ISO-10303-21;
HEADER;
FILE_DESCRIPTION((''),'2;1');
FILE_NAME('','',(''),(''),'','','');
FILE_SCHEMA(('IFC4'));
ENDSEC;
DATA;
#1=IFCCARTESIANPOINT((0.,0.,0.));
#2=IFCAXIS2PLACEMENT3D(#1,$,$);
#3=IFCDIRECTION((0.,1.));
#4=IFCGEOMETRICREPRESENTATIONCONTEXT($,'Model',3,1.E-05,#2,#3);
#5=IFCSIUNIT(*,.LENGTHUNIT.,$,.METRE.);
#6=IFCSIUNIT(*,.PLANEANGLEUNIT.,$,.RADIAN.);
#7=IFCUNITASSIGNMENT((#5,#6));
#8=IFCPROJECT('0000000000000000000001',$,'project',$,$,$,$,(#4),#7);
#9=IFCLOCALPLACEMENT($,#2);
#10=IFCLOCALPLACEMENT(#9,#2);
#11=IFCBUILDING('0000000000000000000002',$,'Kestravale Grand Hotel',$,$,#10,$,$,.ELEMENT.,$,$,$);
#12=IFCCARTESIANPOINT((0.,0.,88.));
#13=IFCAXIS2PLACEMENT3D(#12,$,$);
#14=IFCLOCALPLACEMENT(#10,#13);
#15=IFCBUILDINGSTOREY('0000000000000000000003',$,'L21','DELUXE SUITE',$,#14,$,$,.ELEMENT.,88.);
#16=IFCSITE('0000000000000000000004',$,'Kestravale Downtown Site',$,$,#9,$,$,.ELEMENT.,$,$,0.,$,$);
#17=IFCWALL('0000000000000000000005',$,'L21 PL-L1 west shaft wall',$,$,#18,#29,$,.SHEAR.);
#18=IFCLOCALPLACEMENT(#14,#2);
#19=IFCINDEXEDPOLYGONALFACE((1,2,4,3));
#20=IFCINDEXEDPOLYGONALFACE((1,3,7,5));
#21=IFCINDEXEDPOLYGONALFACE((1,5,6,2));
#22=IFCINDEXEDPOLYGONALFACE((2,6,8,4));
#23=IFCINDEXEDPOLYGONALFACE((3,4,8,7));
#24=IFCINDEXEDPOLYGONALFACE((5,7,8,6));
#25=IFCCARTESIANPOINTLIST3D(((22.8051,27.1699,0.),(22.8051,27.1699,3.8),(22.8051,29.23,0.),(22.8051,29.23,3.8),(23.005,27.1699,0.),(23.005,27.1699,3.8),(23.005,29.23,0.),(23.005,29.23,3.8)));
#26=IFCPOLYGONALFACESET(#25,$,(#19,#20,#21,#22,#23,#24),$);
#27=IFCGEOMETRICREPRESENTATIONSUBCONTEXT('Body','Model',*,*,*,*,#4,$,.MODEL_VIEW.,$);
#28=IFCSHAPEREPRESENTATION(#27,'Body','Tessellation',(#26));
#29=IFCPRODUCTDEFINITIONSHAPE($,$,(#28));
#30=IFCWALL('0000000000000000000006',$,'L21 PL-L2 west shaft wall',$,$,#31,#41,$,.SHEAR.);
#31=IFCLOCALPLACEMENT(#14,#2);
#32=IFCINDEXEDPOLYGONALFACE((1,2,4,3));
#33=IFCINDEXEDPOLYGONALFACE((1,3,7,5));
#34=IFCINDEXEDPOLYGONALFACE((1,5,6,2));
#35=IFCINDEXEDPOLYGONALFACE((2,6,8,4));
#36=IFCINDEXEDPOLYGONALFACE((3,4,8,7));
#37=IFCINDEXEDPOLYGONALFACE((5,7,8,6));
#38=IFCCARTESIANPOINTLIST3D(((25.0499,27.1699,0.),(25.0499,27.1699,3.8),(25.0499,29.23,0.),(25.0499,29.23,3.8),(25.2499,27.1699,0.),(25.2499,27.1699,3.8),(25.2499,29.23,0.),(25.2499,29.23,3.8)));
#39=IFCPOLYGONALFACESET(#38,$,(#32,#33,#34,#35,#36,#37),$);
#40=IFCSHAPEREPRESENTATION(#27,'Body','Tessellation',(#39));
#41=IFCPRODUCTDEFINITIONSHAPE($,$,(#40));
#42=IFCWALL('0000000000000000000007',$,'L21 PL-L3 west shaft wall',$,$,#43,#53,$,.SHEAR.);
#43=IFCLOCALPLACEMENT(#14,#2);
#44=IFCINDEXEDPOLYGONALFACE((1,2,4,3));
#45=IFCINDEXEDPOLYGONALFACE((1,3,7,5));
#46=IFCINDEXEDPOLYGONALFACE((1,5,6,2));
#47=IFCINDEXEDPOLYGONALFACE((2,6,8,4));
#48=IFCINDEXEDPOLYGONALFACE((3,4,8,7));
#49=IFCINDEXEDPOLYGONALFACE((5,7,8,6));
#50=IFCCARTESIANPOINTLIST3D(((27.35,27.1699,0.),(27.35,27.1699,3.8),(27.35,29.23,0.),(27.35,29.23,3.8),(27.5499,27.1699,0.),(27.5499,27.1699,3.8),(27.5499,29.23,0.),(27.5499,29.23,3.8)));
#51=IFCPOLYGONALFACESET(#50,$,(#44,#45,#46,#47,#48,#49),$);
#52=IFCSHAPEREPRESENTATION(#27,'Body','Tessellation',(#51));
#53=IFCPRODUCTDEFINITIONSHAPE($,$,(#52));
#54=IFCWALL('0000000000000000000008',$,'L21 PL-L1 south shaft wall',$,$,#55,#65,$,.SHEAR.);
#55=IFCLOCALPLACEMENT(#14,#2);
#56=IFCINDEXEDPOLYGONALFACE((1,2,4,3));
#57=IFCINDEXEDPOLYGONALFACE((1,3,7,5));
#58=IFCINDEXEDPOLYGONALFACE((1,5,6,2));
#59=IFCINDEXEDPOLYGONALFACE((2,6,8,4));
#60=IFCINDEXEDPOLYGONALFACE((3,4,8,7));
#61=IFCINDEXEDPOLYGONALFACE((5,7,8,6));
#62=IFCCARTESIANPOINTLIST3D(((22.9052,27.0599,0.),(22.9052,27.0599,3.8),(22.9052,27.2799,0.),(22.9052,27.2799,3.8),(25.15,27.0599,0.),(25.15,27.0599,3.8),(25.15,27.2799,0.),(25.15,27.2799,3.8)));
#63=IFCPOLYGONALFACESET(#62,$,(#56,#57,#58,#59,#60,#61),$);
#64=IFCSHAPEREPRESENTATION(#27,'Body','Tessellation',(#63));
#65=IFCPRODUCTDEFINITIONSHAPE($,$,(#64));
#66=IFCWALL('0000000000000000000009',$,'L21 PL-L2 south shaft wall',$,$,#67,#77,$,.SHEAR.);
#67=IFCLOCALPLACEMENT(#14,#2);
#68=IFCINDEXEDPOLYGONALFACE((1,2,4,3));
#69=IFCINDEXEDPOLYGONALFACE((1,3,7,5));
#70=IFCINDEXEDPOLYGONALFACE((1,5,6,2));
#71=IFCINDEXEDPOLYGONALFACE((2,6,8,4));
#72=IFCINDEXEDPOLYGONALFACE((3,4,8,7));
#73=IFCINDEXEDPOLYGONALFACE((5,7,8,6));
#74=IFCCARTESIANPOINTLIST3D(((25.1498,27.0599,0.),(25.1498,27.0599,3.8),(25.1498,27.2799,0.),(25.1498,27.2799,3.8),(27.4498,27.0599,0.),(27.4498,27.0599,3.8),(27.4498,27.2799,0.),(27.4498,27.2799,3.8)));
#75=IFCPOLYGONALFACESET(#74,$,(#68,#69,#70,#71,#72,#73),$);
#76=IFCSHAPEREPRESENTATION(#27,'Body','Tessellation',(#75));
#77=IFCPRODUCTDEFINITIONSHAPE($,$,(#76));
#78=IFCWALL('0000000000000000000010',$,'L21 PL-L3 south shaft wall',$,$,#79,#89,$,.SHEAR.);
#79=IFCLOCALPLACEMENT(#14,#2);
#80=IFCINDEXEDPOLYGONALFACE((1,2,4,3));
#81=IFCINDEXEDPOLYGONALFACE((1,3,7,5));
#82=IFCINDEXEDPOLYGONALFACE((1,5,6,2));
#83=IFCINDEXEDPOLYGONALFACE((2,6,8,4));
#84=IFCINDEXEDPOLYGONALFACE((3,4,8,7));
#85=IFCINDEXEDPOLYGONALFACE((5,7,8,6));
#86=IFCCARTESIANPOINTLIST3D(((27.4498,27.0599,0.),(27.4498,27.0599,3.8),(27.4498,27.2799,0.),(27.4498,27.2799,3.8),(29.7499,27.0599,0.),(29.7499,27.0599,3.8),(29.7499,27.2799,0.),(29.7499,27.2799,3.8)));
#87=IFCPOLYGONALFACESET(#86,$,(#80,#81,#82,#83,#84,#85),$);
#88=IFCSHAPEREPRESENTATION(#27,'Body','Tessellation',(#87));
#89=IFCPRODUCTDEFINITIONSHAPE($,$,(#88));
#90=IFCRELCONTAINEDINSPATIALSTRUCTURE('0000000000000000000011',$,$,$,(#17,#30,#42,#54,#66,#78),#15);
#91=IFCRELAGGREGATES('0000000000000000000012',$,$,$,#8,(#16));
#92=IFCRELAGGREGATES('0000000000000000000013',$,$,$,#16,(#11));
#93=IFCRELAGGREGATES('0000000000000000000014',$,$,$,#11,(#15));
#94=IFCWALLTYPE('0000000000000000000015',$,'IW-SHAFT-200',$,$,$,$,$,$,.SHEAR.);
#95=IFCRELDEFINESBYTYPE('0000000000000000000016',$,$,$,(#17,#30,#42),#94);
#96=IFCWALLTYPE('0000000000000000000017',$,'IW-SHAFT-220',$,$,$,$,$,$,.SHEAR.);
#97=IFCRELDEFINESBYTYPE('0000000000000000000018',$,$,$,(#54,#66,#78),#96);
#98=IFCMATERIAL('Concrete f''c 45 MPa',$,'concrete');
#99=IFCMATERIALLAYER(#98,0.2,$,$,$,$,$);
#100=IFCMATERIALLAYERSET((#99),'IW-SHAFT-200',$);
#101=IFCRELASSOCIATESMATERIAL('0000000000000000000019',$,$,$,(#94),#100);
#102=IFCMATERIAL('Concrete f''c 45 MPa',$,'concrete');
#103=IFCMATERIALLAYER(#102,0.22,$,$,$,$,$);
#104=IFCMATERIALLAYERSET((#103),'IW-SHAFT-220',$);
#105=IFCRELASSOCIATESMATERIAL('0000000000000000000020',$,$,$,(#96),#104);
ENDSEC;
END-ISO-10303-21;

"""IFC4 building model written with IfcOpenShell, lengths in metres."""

from ifc_helpers import new_model, si_unit, direction, frame, frame_2d, origin, place, context, subcontext, project, spatial, rectangle, extrude, material, layer, layer_set, type_object, element, save


model = new_model("IFC4")

# Units and contexts
model_context = context("Model", 3, precision=1e-05, world=origin(), true_north=direction((0.0, 1.0)))
body_context = subcontext(model_context, "Body", "Model", "MODEL_VIEW")
ifc_project = project(units=[si_unit("LENGTHUNIT", "METRE"), si_unit("PLANEANGLEUNIT", "RADIAN")], contexts=[model_context])

# Site, building, storey
site_placement = place(None, origin())
site = spatial("IfcSite", under=ifc_project, at=site_placement, Name="Kestravale Downtown Site", CompositionType="ELEMENT", RefElevation=0.0)
building_placement = place(site_placement, origin())
building = spatial("IfcBuilding", under=site, at=building_placement, Name="Kestravale Grand Hotel", CompositionType="ELEMENT")
storey_placement = place(building_placement, frame((0.0, 0.0, 88.0)))
storey = spatial("IfcBuildingStorey", under=building, at=storey_placement, Name="L21", Description="DELUXE SUITE", CompositionType="ELEMENT", Elevation=88.0)

# Walls
ifc_material_1 = material(Name="Concrete f'c 45 MPa", Category="concrete")
ifc_layer_1 = layer(ifc_material_1, 0.2)
ifc_layer_set_1 = layer_set([ifc_layer_1], Name="IW-SHAFT-200")
wall_type_1 = type_object("IfcWallType", Name="IW-SHAFT-200", PredefinedType="SHEAR", material=ifc_layer_set_1)
for number, where, z_axis, x_axis, name in (
    (1, (22.905, 27.1699, 0.0), (0.0, 0.0, 1.0), (0.0, 1.0, 0.0), "L21 PL-L1 west shaft wall"),
    (2, (25.1499, 27.1699, 0.0), (0.0, 0.0, 1.0), (0.0, 1.0, 0.0), "L21 PL-L2 west shaft wall"),
    (3, (27.45, 27.1699, 0.0), (0.0, 0.0, 1.0), (0.0, 1.0, 0.0), "L21 PL-L3 west shaft wall"),
):
    element("IfcWall", number, at=place(storey_placement, frame(where, z_axis=z_axis, x_axis=x_axis)), inside=storey, type_object=wall_type_1, Name=name, PredefinedType="SHEAR", context=body_context, shape_type="SweptSolid", body=[
        extrude(rectangle(XDim=2.0601, YDim=0.2, at=frame_2d((1.03, 0.0))), origin(), (0.0, 0.0, 1.0), 3.8),
    ])
ifc_material_2 = material(Name="Concrete f'c 45 MPa", Category="concrete")
ifc_layer_2 = layer(ifc_material_2, 0.22)
ifc_layer_set_2 = layer_set([ifc_layer_2], Name="IW-SHAFT-220")
wall_type_2 = type_object("IfcWallType", Name="IW-SHAFT-220", PredefinedType="SHEAR", material=ifc_layer_set_2)
wall_1_placement = place(storey_placement, frame((22.905, 27.1699, 0.0), z_axis=(0.0, 0.0, 1.0), x_axis=(1.0, 0.0, 0.0)))
element("IfcWall", 4, at=wall_1_placement, inside=storey, type_object=wall_type_2, Name="L21 PL-L1 south shaft wall", PredefinedType="SHEAR", context=body_context, shape_type="SweptSolid", body=[
    extrude(rectangle(XDim=2.2449, YDim=0.22, at=frame_2d((1.1226, 0.0))), origin(), (0.0, 0.0, 1.0), 3.8),
])
for number, where, z_axis, x_axis, name in (
    (5, (25.1499, 27.1699, 0.0), (0.0, 0.0, 1.0), (1.0, 0.0, 0.0), "L21 PL-L2 south shaft wall"),
    (6, (27.45, 27.1699, 0.0), (0.0, 0.0, 1.0), (1.0, 0.0, 0.0), "L21 PL-L3 south shaft wall"),
):
    element("IfcWall", number, at=place(storey_placement, frame(where, z_axis=z_axis, x_axis=x_axis)), inside=storey, type_object=wall_type_2, Name=name, PredefinedType="SHEAR", context=body_context, shape_type="SweptSolid", body=[
        extrude(rectangle(XDim=2.3, YDim=0.22, at=frame_2d((1.1499, 0.0))), origin(), (0.0, 0.0, 1.0), 3.8),
    ])

save(model, "model.ifc")
